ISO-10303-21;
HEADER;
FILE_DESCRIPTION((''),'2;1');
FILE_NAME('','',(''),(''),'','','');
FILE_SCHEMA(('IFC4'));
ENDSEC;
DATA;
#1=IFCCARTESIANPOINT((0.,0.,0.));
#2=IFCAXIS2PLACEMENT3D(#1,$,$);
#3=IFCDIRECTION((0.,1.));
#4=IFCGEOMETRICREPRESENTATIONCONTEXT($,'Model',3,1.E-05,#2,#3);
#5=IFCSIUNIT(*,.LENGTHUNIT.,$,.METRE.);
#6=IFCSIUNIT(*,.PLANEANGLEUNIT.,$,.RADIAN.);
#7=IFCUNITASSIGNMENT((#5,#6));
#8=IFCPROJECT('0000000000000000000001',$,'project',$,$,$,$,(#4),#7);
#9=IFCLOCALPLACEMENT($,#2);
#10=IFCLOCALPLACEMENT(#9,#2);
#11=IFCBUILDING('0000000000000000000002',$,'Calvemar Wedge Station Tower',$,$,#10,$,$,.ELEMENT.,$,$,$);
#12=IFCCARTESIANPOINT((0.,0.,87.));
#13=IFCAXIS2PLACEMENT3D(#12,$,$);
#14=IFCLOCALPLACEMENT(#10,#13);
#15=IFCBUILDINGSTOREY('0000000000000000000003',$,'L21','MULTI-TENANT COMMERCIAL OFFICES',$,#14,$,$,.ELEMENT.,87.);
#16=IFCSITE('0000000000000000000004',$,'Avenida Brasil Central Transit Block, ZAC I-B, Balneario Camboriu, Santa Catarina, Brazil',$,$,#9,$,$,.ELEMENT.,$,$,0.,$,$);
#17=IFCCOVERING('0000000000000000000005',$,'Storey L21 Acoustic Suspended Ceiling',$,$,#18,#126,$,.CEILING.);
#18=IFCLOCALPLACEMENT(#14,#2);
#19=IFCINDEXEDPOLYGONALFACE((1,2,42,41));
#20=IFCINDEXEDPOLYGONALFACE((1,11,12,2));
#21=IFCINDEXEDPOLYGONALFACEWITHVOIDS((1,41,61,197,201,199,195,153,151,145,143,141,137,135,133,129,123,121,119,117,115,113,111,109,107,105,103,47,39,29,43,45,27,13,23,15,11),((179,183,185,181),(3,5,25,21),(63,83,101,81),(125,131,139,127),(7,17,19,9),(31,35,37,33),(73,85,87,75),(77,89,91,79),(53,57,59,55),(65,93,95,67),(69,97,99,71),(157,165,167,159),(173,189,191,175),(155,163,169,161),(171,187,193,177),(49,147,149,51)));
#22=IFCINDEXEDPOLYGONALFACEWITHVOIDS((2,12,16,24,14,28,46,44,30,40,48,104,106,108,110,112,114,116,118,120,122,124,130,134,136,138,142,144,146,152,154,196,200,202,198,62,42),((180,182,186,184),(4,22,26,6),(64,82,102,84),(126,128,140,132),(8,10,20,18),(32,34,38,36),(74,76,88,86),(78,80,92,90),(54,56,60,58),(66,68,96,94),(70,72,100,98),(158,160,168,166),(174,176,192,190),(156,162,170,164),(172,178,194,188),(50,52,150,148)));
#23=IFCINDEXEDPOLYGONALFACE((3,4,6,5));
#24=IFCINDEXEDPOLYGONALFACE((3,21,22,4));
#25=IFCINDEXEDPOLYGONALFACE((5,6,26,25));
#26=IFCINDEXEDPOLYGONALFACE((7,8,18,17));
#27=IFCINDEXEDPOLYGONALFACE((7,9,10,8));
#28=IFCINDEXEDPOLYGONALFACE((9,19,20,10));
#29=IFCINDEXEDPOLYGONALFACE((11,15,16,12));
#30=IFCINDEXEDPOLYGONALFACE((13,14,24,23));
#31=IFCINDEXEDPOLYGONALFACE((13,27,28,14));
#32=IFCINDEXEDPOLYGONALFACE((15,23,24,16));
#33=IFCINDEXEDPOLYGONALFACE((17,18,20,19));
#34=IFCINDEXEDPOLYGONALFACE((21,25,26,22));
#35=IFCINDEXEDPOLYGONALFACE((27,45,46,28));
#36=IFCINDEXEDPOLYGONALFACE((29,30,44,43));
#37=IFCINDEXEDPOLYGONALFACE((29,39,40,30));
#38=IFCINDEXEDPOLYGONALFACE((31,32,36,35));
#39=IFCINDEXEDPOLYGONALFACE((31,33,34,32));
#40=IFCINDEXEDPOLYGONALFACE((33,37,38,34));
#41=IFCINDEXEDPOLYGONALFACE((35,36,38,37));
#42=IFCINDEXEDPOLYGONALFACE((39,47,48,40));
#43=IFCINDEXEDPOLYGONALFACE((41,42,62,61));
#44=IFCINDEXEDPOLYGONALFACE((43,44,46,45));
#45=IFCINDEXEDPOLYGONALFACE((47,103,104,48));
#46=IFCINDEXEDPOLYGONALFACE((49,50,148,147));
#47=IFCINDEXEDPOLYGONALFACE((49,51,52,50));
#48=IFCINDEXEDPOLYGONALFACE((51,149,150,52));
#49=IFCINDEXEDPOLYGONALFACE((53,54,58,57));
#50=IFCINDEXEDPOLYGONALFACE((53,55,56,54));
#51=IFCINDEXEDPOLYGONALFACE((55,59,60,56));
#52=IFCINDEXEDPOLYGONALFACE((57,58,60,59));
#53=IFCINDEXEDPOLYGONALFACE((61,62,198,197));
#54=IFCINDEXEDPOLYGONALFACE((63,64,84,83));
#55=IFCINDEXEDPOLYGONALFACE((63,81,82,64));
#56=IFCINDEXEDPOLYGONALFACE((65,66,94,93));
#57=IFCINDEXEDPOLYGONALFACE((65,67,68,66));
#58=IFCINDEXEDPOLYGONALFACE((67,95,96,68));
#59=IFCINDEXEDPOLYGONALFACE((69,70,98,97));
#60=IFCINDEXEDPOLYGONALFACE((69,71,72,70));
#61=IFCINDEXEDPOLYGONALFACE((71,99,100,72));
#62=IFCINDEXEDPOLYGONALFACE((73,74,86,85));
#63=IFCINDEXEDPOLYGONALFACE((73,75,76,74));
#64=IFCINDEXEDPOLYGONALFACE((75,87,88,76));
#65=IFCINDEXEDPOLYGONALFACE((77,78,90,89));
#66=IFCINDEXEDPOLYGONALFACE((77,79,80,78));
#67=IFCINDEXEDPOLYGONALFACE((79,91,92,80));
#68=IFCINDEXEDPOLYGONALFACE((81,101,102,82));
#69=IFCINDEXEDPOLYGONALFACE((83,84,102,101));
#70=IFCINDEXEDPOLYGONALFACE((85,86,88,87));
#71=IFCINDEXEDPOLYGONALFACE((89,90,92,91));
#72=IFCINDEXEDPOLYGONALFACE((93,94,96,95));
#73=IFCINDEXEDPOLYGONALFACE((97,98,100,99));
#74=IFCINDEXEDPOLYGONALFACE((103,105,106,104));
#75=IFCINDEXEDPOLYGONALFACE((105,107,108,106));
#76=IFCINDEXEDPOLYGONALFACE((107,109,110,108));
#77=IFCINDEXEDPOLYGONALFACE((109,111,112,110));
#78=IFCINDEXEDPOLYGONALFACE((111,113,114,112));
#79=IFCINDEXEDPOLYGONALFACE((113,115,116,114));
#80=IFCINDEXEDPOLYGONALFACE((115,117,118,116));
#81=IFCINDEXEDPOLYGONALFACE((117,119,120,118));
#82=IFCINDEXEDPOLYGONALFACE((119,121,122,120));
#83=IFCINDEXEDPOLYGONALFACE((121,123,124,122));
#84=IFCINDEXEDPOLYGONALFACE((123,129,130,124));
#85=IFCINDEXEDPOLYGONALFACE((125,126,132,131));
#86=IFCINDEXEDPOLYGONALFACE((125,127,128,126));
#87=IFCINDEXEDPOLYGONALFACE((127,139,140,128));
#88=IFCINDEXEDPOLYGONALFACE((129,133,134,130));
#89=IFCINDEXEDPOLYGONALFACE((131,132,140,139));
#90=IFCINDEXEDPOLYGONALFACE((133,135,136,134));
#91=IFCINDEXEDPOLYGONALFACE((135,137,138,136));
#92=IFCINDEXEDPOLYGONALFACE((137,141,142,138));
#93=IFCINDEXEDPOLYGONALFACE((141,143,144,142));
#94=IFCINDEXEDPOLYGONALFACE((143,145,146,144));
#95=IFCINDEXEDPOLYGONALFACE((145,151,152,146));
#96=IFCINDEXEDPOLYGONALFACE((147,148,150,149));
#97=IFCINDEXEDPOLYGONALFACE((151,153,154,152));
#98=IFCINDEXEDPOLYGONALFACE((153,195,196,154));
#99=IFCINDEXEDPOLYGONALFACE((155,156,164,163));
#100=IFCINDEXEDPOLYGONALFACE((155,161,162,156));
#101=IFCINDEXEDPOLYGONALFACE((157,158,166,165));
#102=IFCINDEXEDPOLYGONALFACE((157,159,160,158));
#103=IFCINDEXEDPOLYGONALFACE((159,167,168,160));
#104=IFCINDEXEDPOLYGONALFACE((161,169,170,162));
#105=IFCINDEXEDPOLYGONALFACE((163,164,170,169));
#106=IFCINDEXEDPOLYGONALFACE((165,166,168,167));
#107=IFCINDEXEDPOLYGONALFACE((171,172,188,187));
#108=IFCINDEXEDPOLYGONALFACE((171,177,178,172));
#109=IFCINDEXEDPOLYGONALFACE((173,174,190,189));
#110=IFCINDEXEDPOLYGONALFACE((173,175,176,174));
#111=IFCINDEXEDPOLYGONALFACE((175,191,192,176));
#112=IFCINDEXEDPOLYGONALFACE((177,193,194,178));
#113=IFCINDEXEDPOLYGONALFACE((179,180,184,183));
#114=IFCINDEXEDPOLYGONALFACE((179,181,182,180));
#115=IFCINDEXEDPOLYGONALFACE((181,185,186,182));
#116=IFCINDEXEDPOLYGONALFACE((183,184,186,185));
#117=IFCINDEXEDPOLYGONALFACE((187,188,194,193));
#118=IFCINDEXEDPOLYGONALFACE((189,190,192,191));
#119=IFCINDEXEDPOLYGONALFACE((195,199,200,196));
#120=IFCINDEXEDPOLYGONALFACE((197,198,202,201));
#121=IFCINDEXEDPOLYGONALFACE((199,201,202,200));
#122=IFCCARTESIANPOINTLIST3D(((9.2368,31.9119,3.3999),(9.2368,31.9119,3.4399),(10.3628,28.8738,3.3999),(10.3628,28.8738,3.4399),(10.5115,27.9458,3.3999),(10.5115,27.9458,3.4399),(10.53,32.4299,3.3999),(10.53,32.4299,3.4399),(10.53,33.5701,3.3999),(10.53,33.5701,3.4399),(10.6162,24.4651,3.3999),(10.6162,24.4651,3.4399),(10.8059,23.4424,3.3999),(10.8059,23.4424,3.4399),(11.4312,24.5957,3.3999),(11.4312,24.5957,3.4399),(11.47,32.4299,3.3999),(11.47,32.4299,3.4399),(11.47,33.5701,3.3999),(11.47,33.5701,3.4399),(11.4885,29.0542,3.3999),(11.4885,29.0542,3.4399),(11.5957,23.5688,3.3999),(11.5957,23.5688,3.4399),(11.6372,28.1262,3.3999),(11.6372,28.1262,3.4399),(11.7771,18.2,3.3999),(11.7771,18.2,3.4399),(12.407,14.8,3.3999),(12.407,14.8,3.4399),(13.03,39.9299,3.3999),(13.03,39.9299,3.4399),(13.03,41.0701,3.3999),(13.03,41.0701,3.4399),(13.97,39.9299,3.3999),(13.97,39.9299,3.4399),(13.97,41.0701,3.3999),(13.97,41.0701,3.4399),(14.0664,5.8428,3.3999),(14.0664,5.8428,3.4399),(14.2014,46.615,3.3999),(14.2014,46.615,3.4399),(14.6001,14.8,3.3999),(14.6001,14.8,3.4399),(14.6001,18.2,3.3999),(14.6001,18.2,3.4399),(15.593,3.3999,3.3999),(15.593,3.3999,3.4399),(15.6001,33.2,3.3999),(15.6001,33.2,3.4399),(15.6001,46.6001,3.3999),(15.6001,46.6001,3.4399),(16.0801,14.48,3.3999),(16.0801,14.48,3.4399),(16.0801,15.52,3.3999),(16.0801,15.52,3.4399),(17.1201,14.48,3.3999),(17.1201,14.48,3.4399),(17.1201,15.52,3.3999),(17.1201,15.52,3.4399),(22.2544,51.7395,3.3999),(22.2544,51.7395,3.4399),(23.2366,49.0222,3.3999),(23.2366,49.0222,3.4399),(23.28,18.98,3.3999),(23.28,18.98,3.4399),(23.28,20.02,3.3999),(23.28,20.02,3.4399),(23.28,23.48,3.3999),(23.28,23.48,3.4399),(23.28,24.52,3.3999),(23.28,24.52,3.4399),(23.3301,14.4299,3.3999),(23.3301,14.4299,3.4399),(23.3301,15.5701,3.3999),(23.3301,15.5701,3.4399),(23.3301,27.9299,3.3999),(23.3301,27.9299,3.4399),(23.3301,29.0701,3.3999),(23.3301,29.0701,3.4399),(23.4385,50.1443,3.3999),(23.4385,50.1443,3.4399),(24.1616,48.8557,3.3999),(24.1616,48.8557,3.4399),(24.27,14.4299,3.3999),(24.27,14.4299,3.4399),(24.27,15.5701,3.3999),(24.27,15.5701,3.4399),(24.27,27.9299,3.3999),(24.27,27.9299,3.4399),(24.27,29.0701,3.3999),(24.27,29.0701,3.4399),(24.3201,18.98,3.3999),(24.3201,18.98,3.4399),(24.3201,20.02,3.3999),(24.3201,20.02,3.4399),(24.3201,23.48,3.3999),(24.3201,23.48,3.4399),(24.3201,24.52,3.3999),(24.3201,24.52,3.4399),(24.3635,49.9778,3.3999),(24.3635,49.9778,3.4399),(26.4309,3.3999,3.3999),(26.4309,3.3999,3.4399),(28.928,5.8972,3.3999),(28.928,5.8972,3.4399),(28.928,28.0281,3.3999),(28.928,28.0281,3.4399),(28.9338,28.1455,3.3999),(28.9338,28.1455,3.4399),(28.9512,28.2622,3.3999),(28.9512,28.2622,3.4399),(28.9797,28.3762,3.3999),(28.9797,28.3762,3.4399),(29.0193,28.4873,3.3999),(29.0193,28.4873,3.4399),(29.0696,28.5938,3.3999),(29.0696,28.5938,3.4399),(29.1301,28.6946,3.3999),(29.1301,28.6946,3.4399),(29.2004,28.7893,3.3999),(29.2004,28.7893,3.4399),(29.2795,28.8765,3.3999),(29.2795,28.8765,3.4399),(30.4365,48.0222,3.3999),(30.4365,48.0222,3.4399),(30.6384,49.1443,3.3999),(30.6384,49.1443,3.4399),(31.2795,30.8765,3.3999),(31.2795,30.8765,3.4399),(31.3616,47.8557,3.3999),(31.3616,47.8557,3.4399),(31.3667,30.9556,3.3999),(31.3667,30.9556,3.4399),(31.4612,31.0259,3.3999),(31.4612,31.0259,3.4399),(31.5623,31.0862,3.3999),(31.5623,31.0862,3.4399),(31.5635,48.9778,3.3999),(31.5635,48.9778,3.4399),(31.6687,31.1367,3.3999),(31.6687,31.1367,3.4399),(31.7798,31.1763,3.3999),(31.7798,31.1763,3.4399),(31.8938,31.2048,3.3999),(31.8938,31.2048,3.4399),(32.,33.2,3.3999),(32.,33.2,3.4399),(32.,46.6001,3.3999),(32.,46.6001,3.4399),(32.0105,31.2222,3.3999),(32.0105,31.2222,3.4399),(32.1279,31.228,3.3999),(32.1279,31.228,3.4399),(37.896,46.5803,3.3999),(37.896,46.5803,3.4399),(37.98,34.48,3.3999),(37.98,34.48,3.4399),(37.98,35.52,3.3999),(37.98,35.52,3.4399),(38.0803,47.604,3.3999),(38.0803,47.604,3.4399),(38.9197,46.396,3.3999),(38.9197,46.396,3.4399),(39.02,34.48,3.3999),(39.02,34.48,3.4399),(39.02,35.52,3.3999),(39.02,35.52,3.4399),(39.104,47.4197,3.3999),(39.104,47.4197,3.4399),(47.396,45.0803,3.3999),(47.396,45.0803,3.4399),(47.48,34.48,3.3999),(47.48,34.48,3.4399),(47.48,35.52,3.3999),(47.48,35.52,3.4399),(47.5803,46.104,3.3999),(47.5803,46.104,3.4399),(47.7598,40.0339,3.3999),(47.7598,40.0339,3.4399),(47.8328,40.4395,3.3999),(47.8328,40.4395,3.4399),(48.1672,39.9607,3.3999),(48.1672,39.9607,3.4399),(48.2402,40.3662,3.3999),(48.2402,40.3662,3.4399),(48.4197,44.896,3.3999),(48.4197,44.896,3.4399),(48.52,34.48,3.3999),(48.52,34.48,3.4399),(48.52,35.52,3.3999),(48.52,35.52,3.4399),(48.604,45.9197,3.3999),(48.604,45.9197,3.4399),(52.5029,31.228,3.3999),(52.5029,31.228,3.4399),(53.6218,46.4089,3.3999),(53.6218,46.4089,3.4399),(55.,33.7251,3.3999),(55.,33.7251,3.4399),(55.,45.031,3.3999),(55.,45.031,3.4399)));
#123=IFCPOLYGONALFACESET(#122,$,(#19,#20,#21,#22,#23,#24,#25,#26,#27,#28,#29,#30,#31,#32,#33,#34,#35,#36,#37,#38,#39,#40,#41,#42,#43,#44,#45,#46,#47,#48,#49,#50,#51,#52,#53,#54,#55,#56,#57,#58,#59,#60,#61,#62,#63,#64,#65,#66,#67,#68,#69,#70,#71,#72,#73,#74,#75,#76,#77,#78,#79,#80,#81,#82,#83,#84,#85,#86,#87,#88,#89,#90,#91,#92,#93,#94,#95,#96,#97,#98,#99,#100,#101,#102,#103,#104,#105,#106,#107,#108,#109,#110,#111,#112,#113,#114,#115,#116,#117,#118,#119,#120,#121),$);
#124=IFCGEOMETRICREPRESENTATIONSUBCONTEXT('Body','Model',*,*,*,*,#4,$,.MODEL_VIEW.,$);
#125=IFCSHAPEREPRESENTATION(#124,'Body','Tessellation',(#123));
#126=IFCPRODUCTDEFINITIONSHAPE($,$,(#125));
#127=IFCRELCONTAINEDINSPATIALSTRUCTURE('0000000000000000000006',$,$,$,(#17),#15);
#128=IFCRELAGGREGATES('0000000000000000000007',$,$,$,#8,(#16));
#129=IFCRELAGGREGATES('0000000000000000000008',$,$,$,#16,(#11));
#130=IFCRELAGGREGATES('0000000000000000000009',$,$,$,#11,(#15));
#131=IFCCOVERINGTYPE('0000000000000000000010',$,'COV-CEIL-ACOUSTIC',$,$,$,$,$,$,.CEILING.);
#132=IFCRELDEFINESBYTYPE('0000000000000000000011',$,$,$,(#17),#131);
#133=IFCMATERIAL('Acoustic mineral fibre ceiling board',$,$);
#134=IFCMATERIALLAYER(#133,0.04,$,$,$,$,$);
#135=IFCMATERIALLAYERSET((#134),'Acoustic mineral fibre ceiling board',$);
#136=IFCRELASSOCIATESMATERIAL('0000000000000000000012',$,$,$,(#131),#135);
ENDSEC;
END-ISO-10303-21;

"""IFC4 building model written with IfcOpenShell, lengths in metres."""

from ifc_helpers import new_model, si_unit, direction, frame, origin, place, context, subcontext, project, spatial, polyline, outline, extrude, material, layer, layer_set, type_object, element, save


model = new_model("IFC4")

# Units and contexts
model_context = context("Model", 3, precision=1e-05, world=origin(), true_north=direction((0.0, 1.0)))
body_context = subcontext(model_context, "Body", "Model", "MODEL_VIEW")
ifc_project = project(units=[si_unit("LENGTHUNIT", "METRE"), si_unit("PLANEANGLEUNIT", "RADIAN")], contexts=[model_context])

# Site, building, storey
site_placement = place(None, origin())
site = spatial("IfcSite", under=ifc_project, at=site_placement, Name="Avenida Brasil Central Transit Block, ZAC I-B, Balneario Camboriu, Santa Catarina, Brazil", CompositionType="ELEMENT", RefElevation=0.0)
building_placement = place(site_placement, origin())
building = spatial("IfcBuilding", under=site, at=building_placement, Name="Calvemar Wedge Station Tower", CompositionType="ELEMENT")
storey_placement = place(building_placement, frame((0.0, 0.0, 87.0)))
storey = spatial("IfcBuildingStorey", under=building, at=storey_placement, Name="L21", Description="MULTI-TENANT COMMERCIAL OFFICES", CompositionType="ELEMENT", Elevation=87.0)

# Covering
ifc_material_1 = material(Name="Acoustic mineral fibre ceiling board")
ifc_layer_1 = layer(ifc_material_1, 0.04)
ifc_layer_set_1 = layer_set([ifc_layer_1], Name="Acoustic mineral fibre ceiling board")
covering_type_1 = type_object("IfcCoveringType", Name="COV-CEIL-ACOUSTIC", PredefinedType="CEILING", material=ifc_layer_set_1)
covering_1_placement = place(storey_placement, frame((0.0, 0.0, 3.3999)))
element("IfcCovering", 1, at=covering_1_placement, inside=storey, type_object=covering_type_1, Name="Storey L21 Acoustic Suspended Ceiling", PredefinedType="CEILING", context=body_context, shape_type="SweptSolid", body=[
    extrude(outline(polyline([(29.2795, 28.8765), (31.2795, 30.8765), (31.3667, 30.9556), (31.4612, 31.0259), (31.5623, 31.0862), (31.6687, 31.1367), (31.7798, 31.1763), (31.8938, 31.2048), (32.0105, 31.2222), (32.1279, 31.228), (52.5029, 31.228), (55.0, 33.7251), (55.0, 45.031), (53.6218, 46.4089), (22.2544, 51.7395), (14.2014, 46.615), (9.2368, 31.9119), (10.6162, 24.4651), (11.4312, 24.5957), (11.5957, 23.5688), (10.8059, 23.4424), (11.7771, 18.2), (14.6001, 18.2), (14.6001, 14.8), (12.407, 14.8), (14.0664, 5.8428), (15.593, 3.3999), (26.4309, 3.3999), (28.928, 5.8972), (28.928, 28.0281), (28.9338, 28.1455), (28.9512, 28.2622), (28.9797, 28.3762), (29.0193, 28.4873), (29.0696, 28.5938), (29.1301, 28.6946), (29.2004, 28.7893), (29.2795, 28.8765)]), holes=[polyline([(15.6001, 46.6001), (32.0, 46.6001), (32.0, 33.2), (15.6001, 33.2), (15.6001, 46.6001)]), polyline([(10.53, 32.4299), (10.53, 33.5701), (11.47, 33.5701), (11.47, 32.4299), (10.53, 32.4299)]), polyline([(13.03, 41.0701), (13.97, 41.0701), (13.97, 39.9299), (13.03, 39.9299), (13.03, 41.0701)]), polyline([(24.3635, 49.9778), (24.1616, 48.8557), (23.2366, 49.0222), (23.4385, 50.1443), (24.3635, 49.9778)]), polyline([(31.3616, 47.8557), (30.4365, 48.0222), (30.6384, 49.1443), (31.5635, 48.9778), (31.3616, 47.8557)]), polyline([(37.896, 46.5803), (38.0803, 47.604), (39.104, 47.4197), (38.9197, 46.396), (37.896, 46.5803)]), polyline([(47.5803, 46.104), (48.604, 45.9197), (48.4197, 44.896), (47.396, 45.0803), (47.5803, 46.104)]), polyline([(39.02, 35.52), (39.02, 34.48), (37.98, 34.48), (37.98, 35.52), (39.02, 35.52)]), polyline([(48.52, 34.48), (47.48, 34.48), (47.48, 35.52), (48.52, 35.52), (48.52, 34.48)]), polyline([(47.7598, 40.0339), (47.8328, 40.4395), (48.2402, 40.3662), (48.1672, 39.9607), (47.7598, 40.0339)]), polyline([(11.4885, 29.0542), (11.6372, 28.1262), (10.5115, 27.9458), (10.3628, 28.8738), (11.4885, 29.0542)]), polyline([(24.27, 27.9299), (23.3301, 27.9299), (23.3301, 29.0701), (24.27, 29.0701), (24.27, 27.9299)]), polyline([(23.28, 23.48), (23.28, 24.52), (24.3201, 24.52), (24.3201, 23.48), (23.28, 23.48)]), polyline([(23.28, 20.02), (24.3201, 20.02), (24.3201, 18.98), (23.28, 18.98), (23.28, 20.02)]), polyline([(24.27, 15.5701), (24.27, 14.4299), (23.3301, 14.4299), (23.3301, 15.5701), (24.27, 15.5701)]), polyline([(17.1201, 14.48), (16.0801, 14.48), (16.0801, 15.52), (17.1201, 15.52), (17.1201, 14.48)])]), origin(), (0.0, 0.0, 1.0), 0.04),
])

save(model, "model.ifc")
